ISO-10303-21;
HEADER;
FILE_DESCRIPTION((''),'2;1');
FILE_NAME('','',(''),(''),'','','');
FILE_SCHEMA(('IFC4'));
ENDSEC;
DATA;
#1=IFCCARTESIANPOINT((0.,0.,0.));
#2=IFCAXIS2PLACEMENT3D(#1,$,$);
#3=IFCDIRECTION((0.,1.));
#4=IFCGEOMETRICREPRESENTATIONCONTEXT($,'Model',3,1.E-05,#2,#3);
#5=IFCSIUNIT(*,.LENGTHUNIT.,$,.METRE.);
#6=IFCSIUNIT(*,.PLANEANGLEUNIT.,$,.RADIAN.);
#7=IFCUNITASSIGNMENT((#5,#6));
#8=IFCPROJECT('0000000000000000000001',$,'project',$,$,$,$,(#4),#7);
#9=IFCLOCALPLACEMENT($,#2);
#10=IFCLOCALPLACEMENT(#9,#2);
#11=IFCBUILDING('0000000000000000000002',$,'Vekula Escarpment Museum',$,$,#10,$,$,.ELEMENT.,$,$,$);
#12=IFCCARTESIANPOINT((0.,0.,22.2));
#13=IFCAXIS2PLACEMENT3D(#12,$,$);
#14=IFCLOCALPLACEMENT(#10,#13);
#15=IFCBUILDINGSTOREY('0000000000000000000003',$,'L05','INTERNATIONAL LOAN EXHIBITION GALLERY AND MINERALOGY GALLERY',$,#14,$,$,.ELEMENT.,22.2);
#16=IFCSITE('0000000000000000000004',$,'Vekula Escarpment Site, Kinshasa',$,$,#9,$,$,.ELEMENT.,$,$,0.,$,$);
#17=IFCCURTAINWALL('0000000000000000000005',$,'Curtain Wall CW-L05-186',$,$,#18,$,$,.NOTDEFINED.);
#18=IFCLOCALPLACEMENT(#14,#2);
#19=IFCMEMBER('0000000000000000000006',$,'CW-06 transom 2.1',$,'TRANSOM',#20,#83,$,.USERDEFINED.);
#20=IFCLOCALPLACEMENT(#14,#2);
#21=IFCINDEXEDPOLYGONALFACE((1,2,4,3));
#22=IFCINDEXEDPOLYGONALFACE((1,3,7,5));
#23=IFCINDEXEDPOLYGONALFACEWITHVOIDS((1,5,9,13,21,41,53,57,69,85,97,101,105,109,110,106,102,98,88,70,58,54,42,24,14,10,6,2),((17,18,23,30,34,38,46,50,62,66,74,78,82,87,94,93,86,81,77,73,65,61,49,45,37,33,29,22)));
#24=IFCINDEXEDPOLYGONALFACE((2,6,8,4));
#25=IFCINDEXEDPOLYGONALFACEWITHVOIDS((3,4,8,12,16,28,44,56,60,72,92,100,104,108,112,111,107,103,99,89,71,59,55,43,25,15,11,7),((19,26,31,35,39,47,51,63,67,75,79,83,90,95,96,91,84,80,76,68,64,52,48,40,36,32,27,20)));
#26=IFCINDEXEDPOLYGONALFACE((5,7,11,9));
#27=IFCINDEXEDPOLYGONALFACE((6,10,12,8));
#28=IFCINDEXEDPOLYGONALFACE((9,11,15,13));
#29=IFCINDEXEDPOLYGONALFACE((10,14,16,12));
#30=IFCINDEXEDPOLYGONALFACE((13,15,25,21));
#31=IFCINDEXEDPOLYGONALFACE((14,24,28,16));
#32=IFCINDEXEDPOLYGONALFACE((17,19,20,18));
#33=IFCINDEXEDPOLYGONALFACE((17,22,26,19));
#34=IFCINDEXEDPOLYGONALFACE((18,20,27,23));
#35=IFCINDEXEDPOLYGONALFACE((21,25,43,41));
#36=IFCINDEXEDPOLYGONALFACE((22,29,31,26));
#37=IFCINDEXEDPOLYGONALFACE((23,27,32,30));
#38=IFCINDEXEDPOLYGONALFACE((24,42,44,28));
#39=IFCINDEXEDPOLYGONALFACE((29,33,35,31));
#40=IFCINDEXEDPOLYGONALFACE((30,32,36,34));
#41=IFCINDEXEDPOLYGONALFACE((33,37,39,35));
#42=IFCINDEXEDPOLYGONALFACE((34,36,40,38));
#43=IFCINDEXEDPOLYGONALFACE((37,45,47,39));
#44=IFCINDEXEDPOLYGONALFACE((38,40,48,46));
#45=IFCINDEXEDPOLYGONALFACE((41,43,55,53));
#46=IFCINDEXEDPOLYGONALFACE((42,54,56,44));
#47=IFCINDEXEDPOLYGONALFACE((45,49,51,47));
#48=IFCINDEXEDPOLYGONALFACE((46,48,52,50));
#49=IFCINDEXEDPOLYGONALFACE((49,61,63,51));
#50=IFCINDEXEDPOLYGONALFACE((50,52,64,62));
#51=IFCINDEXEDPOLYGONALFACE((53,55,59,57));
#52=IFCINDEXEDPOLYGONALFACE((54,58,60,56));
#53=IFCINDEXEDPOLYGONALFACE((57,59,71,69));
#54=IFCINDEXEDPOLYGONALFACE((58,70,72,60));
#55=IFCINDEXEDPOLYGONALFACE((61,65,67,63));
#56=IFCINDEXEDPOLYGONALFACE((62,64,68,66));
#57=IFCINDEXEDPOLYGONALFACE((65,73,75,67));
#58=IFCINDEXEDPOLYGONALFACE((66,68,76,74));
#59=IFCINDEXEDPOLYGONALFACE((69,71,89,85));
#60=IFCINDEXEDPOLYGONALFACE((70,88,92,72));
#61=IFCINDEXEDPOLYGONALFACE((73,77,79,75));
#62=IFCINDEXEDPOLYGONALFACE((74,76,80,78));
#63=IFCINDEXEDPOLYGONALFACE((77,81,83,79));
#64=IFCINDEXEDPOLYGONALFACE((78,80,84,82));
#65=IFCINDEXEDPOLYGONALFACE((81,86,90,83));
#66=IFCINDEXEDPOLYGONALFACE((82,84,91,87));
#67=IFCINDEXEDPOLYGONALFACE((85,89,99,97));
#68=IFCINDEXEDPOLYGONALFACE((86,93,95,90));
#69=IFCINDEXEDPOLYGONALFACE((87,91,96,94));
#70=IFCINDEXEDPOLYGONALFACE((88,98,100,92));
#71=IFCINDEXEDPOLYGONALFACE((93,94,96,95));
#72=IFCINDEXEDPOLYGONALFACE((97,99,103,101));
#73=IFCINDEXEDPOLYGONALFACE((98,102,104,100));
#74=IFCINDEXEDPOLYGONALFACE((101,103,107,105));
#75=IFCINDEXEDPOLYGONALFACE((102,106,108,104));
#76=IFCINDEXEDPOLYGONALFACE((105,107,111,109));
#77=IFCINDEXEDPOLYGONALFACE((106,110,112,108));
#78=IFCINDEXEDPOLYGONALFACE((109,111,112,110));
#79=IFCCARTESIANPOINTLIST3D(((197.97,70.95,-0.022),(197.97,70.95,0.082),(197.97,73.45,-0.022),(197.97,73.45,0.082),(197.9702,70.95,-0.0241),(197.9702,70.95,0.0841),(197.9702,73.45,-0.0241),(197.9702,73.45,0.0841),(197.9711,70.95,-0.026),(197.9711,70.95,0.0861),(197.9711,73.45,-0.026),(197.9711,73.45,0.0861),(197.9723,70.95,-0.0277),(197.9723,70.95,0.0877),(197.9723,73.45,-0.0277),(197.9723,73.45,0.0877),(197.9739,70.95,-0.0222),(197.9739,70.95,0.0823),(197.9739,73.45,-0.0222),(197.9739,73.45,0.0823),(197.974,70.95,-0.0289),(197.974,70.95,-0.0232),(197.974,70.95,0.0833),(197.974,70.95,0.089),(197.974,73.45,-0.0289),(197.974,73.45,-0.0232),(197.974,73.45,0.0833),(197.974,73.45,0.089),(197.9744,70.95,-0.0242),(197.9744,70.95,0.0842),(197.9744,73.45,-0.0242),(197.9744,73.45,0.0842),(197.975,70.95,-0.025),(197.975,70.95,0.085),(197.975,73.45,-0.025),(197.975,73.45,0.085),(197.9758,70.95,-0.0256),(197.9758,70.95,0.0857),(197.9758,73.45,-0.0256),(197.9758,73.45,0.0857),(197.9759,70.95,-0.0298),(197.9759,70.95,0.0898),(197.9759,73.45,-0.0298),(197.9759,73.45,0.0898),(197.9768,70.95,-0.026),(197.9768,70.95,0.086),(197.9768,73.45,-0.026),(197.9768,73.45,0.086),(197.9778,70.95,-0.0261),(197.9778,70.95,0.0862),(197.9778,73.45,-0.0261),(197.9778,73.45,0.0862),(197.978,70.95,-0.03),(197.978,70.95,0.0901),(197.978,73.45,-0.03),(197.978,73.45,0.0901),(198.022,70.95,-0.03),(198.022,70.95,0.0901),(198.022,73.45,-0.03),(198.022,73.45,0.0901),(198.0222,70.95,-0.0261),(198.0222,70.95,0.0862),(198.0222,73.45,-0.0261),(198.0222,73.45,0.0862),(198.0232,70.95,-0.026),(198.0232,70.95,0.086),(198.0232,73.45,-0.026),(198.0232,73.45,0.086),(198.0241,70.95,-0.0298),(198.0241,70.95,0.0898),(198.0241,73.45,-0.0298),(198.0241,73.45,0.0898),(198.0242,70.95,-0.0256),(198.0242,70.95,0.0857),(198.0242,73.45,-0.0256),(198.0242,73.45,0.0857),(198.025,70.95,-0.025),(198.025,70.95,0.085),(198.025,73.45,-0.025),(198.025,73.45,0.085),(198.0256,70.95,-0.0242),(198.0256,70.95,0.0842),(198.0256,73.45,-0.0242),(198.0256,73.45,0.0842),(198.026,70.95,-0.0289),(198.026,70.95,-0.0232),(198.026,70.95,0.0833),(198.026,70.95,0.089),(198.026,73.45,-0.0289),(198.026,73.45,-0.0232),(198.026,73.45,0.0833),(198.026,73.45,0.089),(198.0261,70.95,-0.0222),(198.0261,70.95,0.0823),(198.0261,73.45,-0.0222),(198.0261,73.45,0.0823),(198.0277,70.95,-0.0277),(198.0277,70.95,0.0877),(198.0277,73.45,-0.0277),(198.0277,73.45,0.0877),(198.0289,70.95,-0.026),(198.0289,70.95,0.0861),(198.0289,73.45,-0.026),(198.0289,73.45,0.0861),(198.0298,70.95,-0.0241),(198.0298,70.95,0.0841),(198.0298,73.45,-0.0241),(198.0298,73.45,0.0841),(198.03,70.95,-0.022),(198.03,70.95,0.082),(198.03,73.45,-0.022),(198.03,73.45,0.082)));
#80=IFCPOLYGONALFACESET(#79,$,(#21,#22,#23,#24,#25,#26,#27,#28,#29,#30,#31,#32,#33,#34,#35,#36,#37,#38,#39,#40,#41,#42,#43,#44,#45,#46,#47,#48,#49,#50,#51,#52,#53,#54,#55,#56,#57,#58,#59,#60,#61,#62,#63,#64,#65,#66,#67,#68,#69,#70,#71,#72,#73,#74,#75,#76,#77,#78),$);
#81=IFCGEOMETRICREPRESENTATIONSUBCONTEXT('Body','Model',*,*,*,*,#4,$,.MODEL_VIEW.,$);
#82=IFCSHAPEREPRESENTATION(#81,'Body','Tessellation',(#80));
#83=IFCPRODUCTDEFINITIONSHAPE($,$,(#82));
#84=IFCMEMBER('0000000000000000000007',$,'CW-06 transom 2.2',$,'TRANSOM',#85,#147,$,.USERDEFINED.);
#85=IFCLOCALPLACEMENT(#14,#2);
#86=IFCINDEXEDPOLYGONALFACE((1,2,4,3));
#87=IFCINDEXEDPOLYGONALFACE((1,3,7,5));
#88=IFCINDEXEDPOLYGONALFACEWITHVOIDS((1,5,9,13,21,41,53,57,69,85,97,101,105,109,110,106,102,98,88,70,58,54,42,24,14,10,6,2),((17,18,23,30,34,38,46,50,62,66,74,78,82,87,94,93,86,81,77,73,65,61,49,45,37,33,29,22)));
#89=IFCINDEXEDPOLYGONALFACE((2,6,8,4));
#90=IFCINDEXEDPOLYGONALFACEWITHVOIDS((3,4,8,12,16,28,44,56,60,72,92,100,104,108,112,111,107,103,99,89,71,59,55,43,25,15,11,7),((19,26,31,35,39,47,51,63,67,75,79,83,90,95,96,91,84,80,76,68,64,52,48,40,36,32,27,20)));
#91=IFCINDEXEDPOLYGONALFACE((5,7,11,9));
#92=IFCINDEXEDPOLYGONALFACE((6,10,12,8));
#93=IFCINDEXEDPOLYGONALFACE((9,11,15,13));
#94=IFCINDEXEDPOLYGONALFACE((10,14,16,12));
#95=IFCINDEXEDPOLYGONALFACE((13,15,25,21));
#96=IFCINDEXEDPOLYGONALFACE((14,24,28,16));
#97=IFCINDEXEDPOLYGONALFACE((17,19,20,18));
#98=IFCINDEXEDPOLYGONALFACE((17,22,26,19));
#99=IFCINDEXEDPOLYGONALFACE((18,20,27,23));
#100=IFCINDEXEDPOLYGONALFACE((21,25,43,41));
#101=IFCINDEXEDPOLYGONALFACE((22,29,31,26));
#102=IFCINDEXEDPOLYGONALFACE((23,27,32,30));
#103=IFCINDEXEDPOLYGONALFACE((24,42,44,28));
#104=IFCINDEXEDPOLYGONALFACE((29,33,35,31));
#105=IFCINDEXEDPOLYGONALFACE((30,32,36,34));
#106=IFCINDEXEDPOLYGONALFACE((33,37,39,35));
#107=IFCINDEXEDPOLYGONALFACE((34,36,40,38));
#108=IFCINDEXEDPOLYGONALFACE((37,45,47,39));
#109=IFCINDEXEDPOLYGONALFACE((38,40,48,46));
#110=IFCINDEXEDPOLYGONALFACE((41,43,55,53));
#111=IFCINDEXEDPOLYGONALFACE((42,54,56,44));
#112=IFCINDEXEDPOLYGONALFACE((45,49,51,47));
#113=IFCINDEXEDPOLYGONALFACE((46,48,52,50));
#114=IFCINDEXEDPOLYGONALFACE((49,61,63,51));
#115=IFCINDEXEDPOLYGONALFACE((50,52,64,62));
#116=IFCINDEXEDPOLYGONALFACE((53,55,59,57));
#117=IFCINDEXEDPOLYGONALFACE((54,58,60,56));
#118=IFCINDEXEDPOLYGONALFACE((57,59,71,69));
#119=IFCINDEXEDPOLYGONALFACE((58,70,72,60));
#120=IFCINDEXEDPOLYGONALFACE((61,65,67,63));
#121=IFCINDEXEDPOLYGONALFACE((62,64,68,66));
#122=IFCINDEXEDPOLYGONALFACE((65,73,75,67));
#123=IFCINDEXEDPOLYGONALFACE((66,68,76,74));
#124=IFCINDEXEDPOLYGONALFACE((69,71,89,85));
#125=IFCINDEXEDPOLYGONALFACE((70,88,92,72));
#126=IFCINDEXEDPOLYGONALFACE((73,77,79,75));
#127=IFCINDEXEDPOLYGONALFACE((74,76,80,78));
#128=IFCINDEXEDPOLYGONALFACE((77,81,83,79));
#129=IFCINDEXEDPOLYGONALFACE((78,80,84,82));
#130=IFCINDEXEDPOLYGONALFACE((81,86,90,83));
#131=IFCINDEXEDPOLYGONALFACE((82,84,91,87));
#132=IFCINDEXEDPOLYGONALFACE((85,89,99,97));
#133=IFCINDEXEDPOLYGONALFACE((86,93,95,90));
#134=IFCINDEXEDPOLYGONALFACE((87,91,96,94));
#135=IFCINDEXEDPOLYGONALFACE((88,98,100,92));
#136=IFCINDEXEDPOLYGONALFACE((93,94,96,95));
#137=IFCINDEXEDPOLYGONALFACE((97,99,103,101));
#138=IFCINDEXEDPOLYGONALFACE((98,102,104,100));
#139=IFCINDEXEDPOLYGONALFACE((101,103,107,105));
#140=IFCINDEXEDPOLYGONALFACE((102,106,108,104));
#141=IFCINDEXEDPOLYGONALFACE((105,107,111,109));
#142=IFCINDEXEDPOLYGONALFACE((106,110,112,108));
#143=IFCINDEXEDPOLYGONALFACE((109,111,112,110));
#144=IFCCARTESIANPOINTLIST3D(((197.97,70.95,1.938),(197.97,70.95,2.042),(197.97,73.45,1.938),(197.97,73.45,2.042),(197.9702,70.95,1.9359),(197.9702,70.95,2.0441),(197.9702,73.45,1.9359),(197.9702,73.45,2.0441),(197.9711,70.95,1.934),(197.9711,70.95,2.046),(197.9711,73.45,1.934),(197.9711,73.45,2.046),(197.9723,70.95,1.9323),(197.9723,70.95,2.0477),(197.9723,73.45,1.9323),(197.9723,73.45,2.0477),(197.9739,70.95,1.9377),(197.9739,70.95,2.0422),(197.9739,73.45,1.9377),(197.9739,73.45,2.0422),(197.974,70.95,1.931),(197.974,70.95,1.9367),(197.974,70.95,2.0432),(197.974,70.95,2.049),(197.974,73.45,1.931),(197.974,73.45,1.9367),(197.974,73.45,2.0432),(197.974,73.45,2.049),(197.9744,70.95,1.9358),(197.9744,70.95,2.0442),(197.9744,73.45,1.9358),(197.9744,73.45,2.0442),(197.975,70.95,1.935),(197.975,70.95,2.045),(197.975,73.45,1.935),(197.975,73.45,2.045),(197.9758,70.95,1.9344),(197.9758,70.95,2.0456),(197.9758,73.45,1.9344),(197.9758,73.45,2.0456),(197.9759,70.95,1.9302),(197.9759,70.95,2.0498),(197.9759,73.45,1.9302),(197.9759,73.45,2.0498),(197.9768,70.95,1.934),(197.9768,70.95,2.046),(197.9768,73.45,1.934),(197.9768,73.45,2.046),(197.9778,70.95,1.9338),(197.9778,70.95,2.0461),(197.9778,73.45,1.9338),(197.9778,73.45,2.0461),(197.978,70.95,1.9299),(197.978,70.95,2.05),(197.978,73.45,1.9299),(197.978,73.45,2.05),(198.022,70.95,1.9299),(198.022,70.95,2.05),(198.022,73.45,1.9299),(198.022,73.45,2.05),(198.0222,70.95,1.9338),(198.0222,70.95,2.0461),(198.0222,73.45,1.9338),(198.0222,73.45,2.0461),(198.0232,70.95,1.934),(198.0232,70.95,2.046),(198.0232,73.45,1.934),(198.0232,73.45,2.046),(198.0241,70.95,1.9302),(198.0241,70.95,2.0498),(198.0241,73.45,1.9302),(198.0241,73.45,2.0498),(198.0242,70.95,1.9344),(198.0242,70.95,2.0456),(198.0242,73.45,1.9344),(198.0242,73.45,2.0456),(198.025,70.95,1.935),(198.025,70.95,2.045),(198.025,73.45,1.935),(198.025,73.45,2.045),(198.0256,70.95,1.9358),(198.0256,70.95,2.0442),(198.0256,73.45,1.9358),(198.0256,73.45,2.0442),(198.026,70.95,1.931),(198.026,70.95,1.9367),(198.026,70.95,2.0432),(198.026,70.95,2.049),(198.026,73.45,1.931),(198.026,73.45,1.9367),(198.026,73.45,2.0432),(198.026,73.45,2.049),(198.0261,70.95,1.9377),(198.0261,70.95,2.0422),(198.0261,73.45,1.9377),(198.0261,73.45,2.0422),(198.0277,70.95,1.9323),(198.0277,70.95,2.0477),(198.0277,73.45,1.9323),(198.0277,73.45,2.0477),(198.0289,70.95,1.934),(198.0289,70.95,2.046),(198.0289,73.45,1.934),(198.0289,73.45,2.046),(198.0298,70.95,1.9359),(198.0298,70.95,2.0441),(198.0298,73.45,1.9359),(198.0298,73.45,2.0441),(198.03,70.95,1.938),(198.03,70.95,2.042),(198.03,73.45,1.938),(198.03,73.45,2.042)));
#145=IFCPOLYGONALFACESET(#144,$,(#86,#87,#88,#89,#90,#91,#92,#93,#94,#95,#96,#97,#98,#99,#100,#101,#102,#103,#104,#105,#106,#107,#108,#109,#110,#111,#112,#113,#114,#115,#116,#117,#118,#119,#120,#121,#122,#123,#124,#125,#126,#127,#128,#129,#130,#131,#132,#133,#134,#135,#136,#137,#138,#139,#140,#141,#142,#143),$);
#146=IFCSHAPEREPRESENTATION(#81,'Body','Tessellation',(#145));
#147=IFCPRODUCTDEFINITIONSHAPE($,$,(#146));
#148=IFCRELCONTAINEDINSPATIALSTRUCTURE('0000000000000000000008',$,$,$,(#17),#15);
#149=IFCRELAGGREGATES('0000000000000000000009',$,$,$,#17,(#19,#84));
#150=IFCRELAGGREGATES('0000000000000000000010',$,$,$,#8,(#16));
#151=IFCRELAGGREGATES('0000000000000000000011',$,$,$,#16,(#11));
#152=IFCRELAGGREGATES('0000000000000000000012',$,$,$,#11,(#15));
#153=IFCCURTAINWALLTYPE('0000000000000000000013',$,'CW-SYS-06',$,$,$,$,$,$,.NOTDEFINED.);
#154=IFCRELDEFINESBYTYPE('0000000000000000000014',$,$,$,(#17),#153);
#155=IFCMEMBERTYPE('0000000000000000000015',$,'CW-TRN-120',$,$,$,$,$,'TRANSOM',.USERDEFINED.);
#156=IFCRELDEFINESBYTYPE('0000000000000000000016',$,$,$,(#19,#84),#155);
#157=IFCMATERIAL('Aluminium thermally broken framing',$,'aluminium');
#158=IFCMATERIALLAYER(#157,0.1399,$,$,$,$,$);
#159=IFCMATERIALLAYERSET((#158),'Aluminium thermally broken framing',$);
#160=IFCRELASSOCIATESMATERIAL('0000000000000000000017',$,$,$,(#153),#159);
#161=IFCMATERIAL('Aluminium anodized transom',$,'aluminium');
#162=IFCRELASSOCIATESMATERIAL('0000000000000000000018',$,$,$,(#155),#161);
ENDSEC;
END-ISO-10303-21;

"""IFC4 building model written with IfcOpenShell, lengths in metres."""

from ifc_helpers import new_model, si_unit, direction, frame, origin, origin_2d, place, context, subcontext, project, spatial, hollow_rectangle, extrude, material, layer, layer_set, material_profile, profile_set, type_object, element, aggregate, save


model = new_model("IFC4")

# Units and contexts
model_context = context("Model", 3, precision=1e-05, world=origin(), true_north=direction((0.0, 1.0)))
body_context = subcontext(model_context, "Body", "Model", "MODEL_VIEW")
ifc_project = project(units=[si_unit("LENGTHUNIT", "METRE"), si_unit("PLANEANGLEUNIT", "RADIAN")], contexts=[model_context])

# Site, building, storey
site_placement = place(None, origin())
site = spatial("IfcSite", under=ifc_project, at=site_placement, Name="Vekula Escarpment Site, Kinshasa", CompositionType="ELEMENT", RefElevation=0.0)
building_placement = place(site_placement, origin())
building = spatial("IfcBuilding", under=site, at=building_placement, Name="Vekula Escarpment Museum", CompositionType="ELEMENT")
storey_placement = place(building_placement, frame((0.0, 0.0, 22.2)))
storey = spatial("IfcBuildingStorey", under=building, at=storey_placement, Name="L05", Description="INTERNATIONAL LOAN EXHIBITION GALLERY AND MINERALOGY GALLERY", CompositionType="ELEMENT", Elevation=22.2)

# Curtain wall, members
ifc_material_1 = material(Name="Aluminium thermally broken framing", Category="aluminium")
ifc_layer_1 = layer(ifc_material_1, 0.1399)
ifc_layer_set_1 = layer_set([ifc_layer_1], Name="Aluminium thermally broken framing")
curtain_wall_type = type_object("IfcCurtainWallType", Name="CW-SYS-06", PredefinedType="NOTDEFINED", material=ifc_layer_set_1)
curtain_wall_placement = place(storey_placement, origin())
curtain_wall = element("IfcCurtainWall", 1, at=curtain_wall_placement, inside=storey, type_object=curtain_wall_type, Name="Curtain Wall CW-L05-186", PredefinedType="NOTDEFINED")
ifc_material_2 = material(Name="Aluminium anodized transom", Category="aluminium")
ifc_material_profile_1 = material_profile(ifc_material_2, hollow_rectangle(XDim=0.0601, YDim=0.1201, WallThickness=0.0039, InnerFilletRadius=0.0039, OuterFilletRadius=0.0081, at=origin_2d()), Name="ALU 120x60x4")
ifc_profile_set_1 = profile_set([ifc_material_profile_1], Name="Aluminium anodized transom")
member_type_1 = type_object("IfcMemberType", Name="CW-TRN-120", ElementType="TRANSOM", PredefinedType="USERDEFINED", material=ifc_profile_set_1)
member_1_placement = place(storey_placement, frame((198.0, 70.95, 0.03), z_axis=(0.0, 1.0, 0.0), x_axis=(-1.0, 0.0, 0.0)))
member_1 = element("IfcMember", 2, at=member_1_placement, type_object=member_type_1, Name="CW-06 transom 2.1", ObjectType="TRANSOM", PredefinedType="USERDEFINED", context=body_context, shape_type="SweptSolid", body=[
    extrude(hollow_rectangle(XDim=0.0601, YDim=0.1201, WallThickness=0.0039, InnerFilletRadius=0.0039, OuterFilletRadius=0.0081, at=origin_2d()), origin(), (0.0, 0.0, 1.0), 2.5),
])
member_2_placement = place(storey_placement, frame((198.0, 70.95, 1.99), z_axis=(0.0, 1.0, 0.0), x_axis=(-1.0, 0.0, 0.0)))
member_2 = element("IfcMember", 3, at=member_2_placement, type_object=member_type_1, Name="CW-06 transom 2.2", ObjectType="TRANSOM", PredefinedType="USERDEFINED", context=body_context, shape_type="SweptSolid", body=[
    extrude(hollow_rectangle(XDim=0.0601, YDim=0.1201, WallThickness=0.0039, InnerFilletRadius=0.0039, OuterFilletRadius=0.0081, at=origin_2d()), origin(), (0.0, 0.0, 1.0), 2.5),
])
aggregate(curtain_wall, [member_1, member_2])

save(model, "model.ifc")
